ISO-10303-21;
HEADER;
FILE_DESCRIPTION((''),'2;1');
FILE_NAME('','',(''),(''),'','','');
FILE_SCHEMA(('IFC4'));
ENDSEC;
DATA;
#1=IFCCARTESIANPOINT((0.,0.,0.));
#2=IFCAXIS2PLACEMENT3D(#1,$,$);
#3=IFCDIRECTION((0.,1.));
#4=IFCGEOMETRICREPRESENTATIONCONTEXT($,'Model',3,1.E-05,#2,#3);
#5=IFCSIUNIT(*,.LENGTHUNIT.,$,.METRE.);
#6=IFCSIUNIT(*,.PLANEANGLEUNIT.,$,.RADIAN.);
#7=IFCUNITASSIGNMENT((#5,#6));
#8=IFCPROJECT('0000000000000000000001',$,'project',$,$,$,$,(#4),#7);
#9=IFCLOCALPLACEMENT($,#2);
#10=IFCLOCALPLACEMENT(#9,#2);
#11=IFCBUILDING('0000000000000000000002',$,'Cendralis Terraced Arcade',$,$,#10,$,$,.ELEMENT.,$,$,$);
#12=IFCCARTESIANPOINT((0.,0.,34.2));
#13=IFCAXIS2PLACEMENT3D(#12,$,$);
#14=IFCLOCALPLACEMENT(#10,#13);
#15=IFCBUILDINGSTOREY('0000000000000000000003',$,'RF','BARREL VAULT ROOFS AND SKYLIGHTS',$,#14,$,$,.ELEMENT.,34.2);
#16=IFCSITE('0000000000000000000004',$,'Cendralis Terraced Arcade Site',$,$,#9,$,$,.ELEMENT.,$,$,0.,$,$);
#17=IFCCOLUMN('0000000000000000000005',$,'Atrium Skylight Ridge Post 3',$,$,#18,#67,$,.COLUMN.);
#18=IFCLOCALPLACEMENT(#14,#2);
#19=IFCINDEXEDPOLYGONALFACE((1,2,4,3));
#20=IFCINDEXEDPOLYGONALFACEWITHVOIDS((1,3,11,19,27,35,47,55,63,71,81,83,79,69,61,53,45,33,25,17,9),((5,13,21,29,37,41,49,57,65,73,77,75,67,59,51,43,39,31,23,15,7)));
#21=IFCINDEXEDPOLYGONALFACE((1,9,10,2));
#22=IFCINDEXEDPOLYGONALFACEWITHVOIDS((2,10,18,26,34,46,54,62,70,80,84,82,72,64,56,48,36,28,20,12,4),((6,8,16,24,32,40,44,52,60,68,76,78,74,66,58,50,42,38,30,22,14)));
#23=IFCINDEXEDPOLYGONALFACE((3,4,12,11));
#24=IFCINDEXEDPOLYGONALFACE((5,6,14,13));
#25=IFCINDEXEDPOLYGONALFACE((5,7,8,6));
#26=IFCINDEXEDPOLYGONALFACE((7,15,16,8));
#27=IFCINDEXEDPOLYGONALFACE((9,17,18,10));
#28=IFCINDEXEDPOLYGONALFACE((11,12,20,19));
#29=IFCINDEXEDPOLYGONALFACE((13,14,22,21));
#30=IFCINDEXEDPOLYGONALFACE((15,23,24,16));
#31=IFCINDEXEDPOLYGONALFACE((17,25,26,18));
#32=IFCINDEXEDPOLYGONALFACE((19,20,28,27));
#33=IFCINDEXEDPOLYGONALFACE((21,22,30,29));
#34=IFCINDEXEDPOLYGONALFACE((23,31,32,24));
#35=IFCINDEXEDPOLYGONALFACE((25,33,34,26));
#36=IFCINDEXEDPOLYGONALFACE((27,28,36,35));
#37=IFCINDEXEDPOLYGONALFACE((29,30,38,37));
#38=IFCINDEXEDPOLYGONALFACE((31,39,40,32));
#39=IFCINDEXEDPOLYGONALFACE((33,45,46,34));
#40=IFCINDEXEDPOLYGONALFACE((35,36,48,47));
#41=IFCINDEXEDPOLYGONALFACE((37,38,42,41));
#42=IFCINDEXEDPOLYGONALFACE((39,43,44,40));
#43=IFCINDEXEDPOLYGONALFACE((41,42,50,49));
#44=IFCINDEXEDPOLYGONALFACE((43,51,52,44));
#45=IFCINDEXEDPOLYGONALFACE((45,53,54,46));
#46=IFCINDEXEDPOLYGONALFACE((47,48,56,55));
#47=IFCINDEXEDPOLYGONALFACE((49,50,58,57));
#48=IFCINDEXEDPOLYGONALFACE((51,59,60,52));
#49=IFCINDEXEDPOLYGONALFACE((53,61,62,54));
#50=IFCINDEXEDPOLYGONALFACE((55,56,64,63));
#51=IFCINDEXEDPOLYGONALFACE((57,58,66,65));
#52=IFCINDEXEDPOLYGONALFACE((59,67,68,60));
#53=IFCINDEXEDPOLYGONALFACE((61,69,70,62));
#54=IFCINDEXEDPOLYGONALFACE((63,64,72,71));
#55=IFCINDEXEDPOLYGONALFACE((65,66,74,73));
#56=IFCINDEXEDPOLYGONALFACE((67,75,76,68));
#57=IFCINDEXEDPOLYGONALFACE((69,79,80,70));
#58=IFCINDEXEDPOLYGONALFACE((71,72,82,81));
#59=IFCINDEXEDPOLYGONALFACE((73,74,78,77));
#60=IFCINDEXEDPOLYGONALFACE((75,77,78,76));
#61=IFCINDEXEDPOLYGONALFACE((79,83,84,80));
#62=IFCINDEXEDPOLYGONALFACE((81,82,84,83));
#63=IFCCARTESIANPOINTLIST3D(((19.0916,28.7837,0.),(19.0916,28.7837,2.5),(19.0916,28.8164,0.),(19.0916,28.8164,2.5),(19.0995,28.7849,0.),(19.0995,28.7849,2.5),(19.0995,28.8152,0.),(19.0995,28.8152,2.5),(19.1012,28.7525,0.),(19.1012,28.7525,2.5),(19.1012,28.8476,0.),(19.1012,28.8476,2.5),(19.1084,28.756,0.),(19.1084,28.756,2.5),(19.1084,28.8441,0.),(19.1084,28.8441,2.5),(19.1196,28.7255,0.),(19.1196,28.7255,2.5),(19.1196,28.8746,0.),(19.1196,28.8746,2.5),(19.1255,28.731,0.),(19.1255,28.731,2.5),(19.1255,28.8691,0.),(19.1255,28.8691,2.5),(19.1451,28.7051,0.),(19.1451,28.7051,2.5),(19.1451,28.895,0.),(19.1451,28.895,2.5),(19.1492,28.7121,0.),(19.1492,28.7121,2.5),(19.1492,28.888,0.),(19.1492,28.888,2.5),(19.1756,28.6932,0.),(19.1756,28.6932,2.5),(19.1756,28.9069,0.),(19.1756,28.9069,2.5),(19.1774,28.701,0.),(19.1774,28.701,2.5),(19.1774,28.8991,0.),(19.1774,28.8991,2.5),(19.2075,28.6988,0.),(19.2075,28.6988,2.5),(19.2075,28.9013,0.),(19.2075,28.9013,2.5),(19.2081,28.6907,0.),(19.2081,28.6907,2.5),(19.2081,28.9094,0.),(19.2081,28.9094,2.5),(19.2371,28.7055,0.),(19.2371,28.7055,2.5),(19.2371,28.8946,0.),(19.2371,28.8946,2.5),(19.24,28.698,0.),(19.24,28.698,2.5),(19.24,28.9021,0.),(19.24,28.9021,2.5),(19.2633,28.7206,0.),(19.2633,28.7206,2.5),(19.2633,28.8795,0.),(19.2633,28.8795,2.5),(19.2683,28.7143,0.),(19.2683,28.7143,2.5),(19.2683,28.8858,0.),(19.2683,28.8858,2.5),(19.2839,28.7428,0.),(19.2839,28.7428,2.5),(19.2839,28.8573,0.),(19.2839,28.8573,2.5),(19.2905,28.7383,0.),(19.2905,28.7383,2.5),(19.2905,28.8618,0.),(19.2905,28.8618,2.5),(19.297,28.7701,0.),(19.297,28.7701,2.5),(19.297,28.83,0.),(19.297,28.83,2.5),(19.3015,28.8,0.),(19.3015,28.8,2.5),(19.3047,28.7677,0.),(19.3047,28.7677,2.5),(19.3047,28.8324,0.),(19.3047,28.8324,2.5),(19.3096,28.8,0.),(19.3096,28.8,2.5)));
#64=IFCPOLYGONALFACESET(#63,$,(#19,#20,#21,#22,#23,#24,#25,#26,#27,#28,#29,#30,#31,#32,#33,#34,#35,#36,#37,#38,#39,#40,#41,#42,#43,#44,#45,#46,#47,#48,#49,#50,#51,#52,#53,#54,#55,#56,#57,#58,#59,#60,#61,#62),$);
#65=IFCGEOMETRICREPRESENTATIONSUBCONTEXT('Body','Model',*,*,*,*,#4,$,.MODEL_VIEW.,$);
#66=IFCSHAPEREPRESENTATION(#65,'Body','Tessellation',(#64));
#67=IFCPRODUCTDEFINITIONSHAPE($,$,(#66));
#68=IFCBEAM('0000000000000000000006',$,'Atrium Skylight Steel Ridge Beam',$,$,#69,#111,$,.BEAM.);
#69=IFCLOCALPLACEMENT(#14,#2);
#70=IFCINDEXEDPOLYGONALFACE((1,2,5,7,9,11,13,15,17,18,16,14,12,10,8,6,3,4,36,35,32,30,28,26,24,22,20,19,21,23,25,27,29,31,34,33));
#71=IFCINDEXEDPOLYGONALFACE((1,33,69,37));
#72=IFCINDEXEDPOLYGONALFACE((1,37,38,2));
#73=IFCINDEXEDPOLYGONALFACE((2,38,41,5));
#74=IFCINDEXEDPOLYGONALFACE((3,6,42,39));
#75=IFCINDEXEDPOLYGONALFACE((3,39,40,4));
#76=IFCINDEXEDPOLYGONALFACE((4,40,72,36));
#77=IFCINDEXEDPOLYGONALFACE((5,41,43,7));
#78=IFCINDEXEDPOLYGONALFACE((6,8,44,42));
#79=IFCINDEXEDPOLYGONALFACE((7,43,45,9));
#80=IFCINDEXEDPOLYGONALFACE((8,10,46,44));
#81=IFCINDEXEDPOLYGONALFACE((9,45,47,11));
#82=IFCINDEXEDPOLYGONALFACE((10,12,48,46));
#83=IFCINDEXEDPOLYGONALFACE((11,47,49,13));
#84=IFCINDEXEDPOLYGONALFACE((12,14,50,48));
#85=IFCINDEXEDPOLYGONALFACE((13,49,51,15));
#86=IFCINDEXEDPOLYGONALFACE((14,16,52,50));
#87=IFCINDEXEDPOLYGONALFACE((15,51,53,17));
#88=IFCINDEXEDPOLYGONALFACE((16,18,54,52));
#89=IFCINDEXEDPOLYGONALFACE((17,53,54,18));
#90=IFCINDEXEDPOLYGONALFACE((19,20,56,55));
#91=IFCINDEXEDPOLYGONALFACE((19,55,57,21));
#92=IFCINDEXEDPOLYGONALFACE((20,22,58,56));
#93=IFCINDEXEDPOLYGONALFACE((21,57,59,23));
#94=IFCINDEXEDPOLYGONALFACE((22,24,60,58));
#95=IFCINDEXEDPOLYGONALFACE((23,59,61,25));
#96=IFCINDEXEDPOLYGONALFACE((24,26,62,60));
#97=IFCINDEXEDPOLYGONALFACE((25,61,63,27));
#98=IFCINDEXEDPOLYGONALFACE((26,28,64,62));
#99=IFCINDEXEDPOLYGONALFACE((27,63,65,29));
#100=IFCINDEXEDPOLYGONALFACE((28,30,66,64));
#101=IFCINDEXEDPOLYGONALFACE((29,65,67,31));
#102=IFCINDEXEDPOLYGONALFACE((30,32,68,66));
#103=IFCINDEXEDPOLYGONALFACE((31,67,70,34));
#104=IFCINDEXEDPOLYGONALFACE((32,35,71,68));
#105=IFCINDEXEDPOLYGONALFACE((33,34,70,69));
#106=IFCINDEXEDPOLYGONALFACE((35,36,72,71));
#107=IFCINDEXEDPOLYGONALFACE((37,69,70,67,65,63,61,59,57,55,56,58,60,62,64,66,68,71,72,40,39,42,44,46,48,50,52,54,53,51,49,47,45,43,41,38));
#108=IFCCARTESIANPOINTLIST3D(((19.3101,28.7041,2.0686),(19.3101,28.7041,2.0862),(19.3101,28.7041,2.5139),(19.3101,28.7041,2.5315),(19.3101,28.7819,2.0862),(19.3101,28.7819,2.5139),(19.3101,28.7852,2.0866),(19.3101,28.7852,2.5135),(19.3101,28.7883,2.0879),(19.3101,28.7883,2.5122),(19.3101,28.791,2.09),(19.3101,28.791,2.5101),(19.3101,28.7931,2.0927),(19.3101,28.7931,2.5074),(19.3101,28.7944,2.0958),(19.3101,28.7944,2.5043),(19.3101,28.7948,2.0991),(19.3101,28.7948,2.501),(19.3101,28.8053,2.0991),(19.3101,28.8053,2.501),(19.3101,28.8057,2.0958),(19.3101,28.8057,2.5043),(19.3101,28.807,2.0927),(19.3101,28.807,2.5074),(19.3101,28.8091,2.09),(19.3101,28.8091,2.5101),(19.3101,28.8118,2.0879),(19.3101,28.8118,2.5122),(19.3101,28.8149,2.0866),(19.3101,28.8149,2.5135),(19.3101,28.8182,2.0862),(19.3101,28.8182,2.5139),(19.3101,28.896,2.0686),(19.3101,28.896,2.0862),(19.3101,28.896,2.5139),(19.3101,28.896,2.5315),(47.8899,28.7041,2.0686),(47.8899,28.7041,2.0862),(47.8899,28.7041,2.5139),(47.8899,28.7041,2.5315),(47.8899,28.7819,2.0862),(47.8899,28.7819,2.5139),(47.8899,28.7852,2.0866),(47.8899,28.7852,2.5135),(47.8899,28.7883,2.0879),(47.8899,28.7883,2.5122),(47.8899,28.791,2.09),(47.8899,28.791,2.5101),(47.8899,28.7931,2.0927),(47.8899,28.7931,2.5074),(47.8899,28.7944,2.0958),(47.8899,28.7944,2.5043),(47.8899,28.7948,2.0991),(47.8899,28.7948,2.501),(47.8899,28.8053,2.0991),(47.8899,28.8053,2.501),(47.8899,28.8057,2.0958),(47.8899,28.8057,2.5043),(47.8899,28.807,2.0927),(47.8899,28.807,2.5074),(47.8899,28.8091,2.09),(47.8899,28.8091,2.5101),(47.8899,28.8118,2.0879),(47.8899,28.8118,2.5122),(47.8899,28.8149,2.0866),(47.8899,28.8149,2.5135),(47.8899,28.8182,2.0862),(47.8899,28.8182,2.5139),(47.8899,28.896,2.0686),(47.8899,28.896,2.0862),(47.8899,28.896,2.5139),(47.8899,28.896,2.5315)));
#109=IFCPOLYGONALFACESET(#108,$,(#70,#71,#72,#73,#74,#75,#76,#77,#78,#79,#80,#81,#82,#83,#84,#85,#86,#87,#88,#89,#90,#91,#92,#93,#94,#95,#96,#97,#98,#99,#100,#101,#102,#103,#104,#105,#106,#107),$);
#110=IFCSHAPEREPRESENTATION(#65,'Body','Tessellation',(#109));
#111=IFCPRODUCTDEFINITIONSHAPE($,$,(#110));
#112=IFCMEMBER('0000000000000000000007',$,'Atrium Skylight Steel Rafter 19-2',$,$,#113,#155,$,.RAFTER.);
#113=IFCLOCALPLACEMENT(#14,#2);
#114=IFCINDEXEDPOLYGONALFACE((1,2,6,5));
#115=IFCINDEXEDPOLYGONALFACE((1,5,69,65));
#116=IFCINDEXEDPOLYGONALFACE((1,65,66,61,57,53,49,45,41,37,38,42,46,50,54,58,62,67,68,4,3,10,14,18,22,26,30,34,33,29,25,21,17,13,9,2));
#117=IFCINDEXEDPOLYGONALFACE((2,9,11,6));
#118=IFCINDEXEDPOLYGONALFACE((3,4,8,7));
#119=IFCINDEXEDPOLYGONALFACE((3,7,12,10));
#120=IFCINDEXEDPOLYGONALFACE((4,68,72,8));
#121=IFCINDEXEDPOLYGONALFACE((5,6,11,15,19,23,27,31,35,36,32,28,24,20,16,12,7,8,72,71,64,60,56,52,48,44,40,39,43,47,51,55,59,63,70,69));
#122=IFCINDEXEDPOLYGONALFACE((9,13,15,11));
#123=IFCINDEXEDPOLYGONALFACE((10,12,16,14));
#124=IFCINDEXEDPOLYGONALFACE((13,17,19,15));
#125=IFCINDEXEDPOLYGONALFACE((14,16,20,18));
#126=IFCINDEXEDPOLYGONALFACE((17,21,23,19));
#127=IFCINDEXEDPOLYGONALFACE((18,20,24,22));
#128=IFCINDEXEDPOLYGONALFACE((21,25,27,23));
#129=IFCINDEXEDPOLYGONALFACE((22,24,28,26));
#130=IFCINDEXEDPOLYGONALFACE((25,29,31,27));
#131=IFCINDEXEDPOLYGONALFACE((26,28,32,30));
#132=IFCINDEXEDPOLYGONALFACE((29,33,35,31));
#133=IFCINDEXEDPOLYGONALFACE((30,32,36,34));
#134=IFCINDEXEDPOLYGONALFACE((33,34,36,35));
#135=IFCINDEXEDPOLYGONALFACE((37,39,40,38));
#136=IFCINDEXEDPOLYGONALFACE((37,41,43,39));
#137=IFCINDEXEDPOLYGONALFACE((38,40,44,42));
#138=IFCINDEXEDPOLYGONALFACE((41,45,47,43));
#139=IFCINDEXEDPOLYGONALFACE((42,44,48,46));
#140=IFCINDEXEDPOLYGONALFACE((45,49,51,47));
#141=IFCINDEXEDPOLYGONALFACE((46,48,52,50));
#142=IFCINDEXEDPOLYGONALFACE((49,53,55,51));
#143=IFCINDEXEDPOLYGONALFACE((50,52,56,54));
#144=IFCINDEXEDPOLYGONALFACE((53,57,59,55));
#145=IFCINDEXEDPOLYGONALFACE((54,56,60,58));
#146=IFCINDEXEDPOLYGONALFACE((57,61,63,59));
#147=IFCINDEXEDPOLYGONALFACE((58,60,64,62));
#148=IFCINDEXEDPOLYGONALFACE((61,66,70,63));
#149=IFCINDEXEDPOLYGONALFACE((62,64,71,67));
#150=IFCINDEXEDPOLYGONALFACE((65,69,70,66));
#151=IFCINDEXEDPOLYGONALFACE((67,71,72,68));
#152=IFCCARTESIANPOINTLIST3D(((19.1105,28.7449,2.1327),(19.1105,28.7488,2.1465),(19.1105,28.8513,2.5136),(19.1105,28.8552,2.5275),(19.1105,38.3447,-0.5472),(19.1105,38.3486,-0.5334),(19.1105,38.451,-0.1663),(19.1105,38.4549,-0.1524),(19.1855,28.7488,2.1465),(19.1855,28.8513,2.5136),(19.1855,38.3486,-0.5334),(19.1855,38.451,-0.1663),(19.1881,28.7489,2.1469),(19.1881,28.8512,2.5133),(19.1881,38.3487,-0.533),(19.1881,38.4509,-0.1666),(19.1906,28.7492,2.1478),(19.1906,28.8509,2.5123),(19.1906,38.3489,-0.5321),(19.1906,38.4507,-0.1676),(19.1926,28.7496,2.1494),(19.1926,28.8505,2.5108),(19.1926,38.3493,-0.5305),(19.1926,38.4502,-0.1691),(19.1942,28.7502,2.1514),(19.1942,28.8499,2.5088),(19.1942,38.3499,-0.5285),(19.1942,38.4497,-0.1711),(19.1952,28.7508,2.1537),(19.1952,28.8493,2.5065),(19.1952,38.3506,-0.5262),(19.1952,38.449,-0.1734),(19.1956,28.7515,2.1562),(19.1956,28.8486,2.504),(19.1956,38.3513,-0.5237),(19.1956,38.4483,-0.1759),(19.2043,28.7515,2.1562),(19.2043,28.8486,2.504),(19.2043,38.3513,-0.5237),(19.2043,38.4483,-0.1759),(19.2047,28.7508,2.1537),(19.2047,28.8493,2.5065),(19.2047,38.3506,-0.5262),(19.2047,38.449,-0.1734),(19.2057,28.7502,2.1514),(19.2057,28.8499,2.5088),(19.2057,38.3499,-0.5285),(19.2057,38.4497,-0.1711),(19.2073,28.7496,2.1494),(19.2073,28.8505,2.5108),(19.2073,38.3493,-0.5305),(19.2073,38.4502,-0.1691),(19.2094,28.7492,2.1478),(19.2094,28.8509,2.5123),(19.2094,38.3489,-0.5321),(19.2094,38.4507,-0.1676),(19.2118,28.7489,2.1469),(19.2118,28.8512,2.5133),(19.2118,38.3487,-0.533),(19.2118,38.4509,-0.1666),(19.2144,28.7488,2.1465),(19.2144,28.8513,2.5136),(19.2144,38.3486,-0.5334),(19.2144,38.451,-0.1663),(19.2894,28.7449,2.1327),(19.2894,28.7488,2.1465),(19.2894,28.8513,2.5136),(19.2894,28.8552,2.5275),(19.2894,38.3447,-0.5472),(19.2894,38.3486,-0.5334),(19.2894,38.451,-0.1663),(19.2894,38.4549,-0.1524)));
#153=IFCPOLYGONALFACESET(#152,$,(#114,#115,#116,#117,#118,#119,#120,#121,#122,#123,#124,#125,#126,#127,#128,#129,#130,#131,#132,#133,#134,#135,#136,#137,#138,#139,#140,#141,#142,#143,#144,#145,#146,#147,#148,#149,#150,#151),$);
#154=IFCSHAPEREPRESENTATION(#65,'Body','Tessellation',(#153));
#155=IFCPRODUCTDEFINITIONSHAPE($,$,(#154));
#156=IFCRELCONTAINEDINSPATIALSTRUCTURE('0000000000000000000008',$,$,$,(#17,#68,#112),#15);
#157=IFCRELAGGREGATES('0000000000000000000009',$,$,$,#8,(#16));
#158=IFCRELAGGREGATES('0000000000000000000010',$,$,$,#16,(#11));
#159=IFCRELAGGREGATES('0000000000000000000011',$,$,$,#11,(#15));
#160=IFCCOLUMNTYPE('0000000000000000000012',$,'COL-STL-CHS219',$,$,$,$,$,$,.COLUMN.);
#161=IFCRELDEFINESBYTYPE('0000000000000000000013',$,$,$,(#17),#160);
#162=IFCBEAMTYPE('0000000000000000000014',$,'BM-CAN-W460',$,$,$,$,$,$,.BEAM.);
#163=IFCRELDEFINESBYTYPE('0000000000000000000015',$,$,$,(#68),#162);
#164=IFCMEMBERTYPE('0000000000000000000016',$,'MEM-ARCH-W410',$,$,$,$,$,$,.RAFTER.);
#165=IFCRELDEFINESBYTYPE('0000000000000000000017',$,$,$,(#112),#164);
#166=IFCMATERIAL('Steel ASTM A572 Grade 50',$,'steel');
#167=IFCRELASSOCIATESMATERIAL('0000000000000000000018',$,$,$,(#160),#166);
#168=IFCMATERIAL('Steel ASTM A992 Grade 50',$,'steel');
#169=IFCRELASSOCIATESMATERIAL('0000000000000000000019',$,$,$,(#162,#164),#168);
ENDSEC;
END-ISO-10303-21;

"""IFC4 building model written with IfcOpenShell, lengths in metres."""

from ifc_helpers import new_model, si_unit, direction, frame, origin, origin_2d, place, context, subcontext, project, spatial, hollow_circle, i_section, extrude, material, material_profile, profile_set, type_object, element, save


model = new_model("IFC4")

# Units and contexts
model_context = context("Model", 3, precision=1e-05, world=origin(), true_north=direction((0.0, 1.0)))
body_context = subcontext(model_context, "Body", "Model", "MODEL_VIEW")
ifc_project = project(units=[si_unit("LENGTHUNIT", "METRE"), si_unit("PLANEANGLEUNIT", "RADIAN")], contexts=[model_context])

# Site, building, storey
site_placement = place(None, origin())
site = spatial("IfcSite", under=ifc_project, at=site_placement, Name="Cendralis Terraced Arcade Site", CompositionType="ELEMENT", RefElevation=0.0)
building_placement = place(site_placement, origin())
building = spatial("IfcBuilding", under=site, at=building_placement, Name="Cendralis Terraced Arcade", CompositionType="ELEMENT")
storey_placement = place(building_placement, frame((0.0, 0.0, 34.2)))
storey = spatial("IfcBuildingStorey", under=building, at=storey_placement, Name="RF", Description="BARREL VAULT ROOFS AND SKYLIGHTS", CompositionType="ELEMENT", Elevation=34.2)

# Column
ifc_material_1 = material(Name="Steel ASTM A572 Grade 50", Category="steel")
ifc_material_profile_1 = material_profile(ifc_material_1, hollow_circle(Radius=0.1096, WallThickness=0.0081, at=origin_2d()), Name="CHS219X8", Category="LoadBearing")
ifc_profile_set_1 = profile_set([ifc_material_profile_1], Name="Steel ASTM A572 Grade 50")
column_type = type_object("IfcColumnType", Name="COL-STL-CHS219", PredefinedType="COLUMN", material=ifc_profile_set_1)
column_placement = place(storey_placement, frame((19.2, 28.8, 0.0), z_axis=(0.0, 0.0, 1.0), x_axis=(1.0, 0.0, 0.0)))
element("IfcColumn", 1, at=column_placement, inside=storey, type_object=column_type, Name="Atrium Skylight Ridge Post 3", PredefinedType="COLUMN", context=body_context, shape_type="SweptSolid", body=[
    extrude(hollow_circle(Radius=0.1096, WallThickness=0.0081, at=origin_2d()), origin(), (0.0, 0.0, 1.0), 2.5),
])

# Beam
ifc_material_2 = material(Name="Steel ASTM A992 Grade 50", Category="steel")
ifc_material_profile_2 = material_profile(ifc_material_2, i_section(OverallWidth=0.1919, OverallDepth=0.4629, WebThickness=0.0105, FlangeThickness=0.0176, FilletRadius=0.0129, at=origin_2d()), Name="W460X89", Category="LoadBearing")
ifc_profile_set_2 = profile_set([ifc_material_profile_2], Name="Steel ASTM A992 Grade 50")
beam_type = type_object("IfcBeamType", Name="BM-CAN-W460", PredefinedType="BEAM", material=ifc_profile_set_2)
beam_placement = place(storey_placement, frame((19.3101, 28.8, 2.3), z_axis=(1.0, 0.0, 0.0), x_axis=(0.0, 1.0, 0.0)))
element("IfcBeam", 2, at=beam_placement, inside=storey, type_object=beam_type, Name="Atrium Skylight Steel Ridge Beam", PredefinedType="BEAM", context=body_context, shape_type="SweptSolid", body=[
    extrude(i_section(OverallWidth=0.1919, OverallDepth=0.4629, WebThickness=0.0105, FlangeThickness=0.0176, FilletRadius=0.0129, at=origin_2d()), origin(), (0.0, 0.0, 1.0), 28.5798),
])

# Member
ifc_material_profile_3 = material_profile(ifc_material_2, i_section(OverallWidth=0.179, OverallDepth=0.4099, WebThickness=0.0088, FlangeThickness=0.0144, FilletRadius=0.01, at=origin_2d()), Name="W410X67", Category="LoadBearing")
ifc_profile_set_3 = profile_set([ifc_material_profile_3], Name="Steel ASTM A992 Grade 50")
member_type_1 = type_object("IfcMemberType", Name="MEM-ARCH-W410", PredefinedType="RAFTER", material=ifc_profile_set_3)
member_1_placement = place(storey_placement, frame((19.2, 28.8, 2.3301), z_axis=(0.0, 0.963173, -0.268883), x_axis=(-1.0, 0.0, 0.0)))
element("IfcMember", 3, at=member_1_placement, inside=storey, type_object=member_type_1, Name="Atrium Skylight Steel Rafter 19-2", PredefinedType="RAFTER", context=body_context, shape_type="SweptSolid", body=[
    extrude(i_section(OverallWidth=0.179, OverallDepth=0.4099, WebThickness=0.0088, FlangeThickness=0.0144, FilletRadius=0.01, at=origin_2d()), origin(), (0.0, 0.0, 1.0), 9.9668),
])

save(model, "model.ifc")
